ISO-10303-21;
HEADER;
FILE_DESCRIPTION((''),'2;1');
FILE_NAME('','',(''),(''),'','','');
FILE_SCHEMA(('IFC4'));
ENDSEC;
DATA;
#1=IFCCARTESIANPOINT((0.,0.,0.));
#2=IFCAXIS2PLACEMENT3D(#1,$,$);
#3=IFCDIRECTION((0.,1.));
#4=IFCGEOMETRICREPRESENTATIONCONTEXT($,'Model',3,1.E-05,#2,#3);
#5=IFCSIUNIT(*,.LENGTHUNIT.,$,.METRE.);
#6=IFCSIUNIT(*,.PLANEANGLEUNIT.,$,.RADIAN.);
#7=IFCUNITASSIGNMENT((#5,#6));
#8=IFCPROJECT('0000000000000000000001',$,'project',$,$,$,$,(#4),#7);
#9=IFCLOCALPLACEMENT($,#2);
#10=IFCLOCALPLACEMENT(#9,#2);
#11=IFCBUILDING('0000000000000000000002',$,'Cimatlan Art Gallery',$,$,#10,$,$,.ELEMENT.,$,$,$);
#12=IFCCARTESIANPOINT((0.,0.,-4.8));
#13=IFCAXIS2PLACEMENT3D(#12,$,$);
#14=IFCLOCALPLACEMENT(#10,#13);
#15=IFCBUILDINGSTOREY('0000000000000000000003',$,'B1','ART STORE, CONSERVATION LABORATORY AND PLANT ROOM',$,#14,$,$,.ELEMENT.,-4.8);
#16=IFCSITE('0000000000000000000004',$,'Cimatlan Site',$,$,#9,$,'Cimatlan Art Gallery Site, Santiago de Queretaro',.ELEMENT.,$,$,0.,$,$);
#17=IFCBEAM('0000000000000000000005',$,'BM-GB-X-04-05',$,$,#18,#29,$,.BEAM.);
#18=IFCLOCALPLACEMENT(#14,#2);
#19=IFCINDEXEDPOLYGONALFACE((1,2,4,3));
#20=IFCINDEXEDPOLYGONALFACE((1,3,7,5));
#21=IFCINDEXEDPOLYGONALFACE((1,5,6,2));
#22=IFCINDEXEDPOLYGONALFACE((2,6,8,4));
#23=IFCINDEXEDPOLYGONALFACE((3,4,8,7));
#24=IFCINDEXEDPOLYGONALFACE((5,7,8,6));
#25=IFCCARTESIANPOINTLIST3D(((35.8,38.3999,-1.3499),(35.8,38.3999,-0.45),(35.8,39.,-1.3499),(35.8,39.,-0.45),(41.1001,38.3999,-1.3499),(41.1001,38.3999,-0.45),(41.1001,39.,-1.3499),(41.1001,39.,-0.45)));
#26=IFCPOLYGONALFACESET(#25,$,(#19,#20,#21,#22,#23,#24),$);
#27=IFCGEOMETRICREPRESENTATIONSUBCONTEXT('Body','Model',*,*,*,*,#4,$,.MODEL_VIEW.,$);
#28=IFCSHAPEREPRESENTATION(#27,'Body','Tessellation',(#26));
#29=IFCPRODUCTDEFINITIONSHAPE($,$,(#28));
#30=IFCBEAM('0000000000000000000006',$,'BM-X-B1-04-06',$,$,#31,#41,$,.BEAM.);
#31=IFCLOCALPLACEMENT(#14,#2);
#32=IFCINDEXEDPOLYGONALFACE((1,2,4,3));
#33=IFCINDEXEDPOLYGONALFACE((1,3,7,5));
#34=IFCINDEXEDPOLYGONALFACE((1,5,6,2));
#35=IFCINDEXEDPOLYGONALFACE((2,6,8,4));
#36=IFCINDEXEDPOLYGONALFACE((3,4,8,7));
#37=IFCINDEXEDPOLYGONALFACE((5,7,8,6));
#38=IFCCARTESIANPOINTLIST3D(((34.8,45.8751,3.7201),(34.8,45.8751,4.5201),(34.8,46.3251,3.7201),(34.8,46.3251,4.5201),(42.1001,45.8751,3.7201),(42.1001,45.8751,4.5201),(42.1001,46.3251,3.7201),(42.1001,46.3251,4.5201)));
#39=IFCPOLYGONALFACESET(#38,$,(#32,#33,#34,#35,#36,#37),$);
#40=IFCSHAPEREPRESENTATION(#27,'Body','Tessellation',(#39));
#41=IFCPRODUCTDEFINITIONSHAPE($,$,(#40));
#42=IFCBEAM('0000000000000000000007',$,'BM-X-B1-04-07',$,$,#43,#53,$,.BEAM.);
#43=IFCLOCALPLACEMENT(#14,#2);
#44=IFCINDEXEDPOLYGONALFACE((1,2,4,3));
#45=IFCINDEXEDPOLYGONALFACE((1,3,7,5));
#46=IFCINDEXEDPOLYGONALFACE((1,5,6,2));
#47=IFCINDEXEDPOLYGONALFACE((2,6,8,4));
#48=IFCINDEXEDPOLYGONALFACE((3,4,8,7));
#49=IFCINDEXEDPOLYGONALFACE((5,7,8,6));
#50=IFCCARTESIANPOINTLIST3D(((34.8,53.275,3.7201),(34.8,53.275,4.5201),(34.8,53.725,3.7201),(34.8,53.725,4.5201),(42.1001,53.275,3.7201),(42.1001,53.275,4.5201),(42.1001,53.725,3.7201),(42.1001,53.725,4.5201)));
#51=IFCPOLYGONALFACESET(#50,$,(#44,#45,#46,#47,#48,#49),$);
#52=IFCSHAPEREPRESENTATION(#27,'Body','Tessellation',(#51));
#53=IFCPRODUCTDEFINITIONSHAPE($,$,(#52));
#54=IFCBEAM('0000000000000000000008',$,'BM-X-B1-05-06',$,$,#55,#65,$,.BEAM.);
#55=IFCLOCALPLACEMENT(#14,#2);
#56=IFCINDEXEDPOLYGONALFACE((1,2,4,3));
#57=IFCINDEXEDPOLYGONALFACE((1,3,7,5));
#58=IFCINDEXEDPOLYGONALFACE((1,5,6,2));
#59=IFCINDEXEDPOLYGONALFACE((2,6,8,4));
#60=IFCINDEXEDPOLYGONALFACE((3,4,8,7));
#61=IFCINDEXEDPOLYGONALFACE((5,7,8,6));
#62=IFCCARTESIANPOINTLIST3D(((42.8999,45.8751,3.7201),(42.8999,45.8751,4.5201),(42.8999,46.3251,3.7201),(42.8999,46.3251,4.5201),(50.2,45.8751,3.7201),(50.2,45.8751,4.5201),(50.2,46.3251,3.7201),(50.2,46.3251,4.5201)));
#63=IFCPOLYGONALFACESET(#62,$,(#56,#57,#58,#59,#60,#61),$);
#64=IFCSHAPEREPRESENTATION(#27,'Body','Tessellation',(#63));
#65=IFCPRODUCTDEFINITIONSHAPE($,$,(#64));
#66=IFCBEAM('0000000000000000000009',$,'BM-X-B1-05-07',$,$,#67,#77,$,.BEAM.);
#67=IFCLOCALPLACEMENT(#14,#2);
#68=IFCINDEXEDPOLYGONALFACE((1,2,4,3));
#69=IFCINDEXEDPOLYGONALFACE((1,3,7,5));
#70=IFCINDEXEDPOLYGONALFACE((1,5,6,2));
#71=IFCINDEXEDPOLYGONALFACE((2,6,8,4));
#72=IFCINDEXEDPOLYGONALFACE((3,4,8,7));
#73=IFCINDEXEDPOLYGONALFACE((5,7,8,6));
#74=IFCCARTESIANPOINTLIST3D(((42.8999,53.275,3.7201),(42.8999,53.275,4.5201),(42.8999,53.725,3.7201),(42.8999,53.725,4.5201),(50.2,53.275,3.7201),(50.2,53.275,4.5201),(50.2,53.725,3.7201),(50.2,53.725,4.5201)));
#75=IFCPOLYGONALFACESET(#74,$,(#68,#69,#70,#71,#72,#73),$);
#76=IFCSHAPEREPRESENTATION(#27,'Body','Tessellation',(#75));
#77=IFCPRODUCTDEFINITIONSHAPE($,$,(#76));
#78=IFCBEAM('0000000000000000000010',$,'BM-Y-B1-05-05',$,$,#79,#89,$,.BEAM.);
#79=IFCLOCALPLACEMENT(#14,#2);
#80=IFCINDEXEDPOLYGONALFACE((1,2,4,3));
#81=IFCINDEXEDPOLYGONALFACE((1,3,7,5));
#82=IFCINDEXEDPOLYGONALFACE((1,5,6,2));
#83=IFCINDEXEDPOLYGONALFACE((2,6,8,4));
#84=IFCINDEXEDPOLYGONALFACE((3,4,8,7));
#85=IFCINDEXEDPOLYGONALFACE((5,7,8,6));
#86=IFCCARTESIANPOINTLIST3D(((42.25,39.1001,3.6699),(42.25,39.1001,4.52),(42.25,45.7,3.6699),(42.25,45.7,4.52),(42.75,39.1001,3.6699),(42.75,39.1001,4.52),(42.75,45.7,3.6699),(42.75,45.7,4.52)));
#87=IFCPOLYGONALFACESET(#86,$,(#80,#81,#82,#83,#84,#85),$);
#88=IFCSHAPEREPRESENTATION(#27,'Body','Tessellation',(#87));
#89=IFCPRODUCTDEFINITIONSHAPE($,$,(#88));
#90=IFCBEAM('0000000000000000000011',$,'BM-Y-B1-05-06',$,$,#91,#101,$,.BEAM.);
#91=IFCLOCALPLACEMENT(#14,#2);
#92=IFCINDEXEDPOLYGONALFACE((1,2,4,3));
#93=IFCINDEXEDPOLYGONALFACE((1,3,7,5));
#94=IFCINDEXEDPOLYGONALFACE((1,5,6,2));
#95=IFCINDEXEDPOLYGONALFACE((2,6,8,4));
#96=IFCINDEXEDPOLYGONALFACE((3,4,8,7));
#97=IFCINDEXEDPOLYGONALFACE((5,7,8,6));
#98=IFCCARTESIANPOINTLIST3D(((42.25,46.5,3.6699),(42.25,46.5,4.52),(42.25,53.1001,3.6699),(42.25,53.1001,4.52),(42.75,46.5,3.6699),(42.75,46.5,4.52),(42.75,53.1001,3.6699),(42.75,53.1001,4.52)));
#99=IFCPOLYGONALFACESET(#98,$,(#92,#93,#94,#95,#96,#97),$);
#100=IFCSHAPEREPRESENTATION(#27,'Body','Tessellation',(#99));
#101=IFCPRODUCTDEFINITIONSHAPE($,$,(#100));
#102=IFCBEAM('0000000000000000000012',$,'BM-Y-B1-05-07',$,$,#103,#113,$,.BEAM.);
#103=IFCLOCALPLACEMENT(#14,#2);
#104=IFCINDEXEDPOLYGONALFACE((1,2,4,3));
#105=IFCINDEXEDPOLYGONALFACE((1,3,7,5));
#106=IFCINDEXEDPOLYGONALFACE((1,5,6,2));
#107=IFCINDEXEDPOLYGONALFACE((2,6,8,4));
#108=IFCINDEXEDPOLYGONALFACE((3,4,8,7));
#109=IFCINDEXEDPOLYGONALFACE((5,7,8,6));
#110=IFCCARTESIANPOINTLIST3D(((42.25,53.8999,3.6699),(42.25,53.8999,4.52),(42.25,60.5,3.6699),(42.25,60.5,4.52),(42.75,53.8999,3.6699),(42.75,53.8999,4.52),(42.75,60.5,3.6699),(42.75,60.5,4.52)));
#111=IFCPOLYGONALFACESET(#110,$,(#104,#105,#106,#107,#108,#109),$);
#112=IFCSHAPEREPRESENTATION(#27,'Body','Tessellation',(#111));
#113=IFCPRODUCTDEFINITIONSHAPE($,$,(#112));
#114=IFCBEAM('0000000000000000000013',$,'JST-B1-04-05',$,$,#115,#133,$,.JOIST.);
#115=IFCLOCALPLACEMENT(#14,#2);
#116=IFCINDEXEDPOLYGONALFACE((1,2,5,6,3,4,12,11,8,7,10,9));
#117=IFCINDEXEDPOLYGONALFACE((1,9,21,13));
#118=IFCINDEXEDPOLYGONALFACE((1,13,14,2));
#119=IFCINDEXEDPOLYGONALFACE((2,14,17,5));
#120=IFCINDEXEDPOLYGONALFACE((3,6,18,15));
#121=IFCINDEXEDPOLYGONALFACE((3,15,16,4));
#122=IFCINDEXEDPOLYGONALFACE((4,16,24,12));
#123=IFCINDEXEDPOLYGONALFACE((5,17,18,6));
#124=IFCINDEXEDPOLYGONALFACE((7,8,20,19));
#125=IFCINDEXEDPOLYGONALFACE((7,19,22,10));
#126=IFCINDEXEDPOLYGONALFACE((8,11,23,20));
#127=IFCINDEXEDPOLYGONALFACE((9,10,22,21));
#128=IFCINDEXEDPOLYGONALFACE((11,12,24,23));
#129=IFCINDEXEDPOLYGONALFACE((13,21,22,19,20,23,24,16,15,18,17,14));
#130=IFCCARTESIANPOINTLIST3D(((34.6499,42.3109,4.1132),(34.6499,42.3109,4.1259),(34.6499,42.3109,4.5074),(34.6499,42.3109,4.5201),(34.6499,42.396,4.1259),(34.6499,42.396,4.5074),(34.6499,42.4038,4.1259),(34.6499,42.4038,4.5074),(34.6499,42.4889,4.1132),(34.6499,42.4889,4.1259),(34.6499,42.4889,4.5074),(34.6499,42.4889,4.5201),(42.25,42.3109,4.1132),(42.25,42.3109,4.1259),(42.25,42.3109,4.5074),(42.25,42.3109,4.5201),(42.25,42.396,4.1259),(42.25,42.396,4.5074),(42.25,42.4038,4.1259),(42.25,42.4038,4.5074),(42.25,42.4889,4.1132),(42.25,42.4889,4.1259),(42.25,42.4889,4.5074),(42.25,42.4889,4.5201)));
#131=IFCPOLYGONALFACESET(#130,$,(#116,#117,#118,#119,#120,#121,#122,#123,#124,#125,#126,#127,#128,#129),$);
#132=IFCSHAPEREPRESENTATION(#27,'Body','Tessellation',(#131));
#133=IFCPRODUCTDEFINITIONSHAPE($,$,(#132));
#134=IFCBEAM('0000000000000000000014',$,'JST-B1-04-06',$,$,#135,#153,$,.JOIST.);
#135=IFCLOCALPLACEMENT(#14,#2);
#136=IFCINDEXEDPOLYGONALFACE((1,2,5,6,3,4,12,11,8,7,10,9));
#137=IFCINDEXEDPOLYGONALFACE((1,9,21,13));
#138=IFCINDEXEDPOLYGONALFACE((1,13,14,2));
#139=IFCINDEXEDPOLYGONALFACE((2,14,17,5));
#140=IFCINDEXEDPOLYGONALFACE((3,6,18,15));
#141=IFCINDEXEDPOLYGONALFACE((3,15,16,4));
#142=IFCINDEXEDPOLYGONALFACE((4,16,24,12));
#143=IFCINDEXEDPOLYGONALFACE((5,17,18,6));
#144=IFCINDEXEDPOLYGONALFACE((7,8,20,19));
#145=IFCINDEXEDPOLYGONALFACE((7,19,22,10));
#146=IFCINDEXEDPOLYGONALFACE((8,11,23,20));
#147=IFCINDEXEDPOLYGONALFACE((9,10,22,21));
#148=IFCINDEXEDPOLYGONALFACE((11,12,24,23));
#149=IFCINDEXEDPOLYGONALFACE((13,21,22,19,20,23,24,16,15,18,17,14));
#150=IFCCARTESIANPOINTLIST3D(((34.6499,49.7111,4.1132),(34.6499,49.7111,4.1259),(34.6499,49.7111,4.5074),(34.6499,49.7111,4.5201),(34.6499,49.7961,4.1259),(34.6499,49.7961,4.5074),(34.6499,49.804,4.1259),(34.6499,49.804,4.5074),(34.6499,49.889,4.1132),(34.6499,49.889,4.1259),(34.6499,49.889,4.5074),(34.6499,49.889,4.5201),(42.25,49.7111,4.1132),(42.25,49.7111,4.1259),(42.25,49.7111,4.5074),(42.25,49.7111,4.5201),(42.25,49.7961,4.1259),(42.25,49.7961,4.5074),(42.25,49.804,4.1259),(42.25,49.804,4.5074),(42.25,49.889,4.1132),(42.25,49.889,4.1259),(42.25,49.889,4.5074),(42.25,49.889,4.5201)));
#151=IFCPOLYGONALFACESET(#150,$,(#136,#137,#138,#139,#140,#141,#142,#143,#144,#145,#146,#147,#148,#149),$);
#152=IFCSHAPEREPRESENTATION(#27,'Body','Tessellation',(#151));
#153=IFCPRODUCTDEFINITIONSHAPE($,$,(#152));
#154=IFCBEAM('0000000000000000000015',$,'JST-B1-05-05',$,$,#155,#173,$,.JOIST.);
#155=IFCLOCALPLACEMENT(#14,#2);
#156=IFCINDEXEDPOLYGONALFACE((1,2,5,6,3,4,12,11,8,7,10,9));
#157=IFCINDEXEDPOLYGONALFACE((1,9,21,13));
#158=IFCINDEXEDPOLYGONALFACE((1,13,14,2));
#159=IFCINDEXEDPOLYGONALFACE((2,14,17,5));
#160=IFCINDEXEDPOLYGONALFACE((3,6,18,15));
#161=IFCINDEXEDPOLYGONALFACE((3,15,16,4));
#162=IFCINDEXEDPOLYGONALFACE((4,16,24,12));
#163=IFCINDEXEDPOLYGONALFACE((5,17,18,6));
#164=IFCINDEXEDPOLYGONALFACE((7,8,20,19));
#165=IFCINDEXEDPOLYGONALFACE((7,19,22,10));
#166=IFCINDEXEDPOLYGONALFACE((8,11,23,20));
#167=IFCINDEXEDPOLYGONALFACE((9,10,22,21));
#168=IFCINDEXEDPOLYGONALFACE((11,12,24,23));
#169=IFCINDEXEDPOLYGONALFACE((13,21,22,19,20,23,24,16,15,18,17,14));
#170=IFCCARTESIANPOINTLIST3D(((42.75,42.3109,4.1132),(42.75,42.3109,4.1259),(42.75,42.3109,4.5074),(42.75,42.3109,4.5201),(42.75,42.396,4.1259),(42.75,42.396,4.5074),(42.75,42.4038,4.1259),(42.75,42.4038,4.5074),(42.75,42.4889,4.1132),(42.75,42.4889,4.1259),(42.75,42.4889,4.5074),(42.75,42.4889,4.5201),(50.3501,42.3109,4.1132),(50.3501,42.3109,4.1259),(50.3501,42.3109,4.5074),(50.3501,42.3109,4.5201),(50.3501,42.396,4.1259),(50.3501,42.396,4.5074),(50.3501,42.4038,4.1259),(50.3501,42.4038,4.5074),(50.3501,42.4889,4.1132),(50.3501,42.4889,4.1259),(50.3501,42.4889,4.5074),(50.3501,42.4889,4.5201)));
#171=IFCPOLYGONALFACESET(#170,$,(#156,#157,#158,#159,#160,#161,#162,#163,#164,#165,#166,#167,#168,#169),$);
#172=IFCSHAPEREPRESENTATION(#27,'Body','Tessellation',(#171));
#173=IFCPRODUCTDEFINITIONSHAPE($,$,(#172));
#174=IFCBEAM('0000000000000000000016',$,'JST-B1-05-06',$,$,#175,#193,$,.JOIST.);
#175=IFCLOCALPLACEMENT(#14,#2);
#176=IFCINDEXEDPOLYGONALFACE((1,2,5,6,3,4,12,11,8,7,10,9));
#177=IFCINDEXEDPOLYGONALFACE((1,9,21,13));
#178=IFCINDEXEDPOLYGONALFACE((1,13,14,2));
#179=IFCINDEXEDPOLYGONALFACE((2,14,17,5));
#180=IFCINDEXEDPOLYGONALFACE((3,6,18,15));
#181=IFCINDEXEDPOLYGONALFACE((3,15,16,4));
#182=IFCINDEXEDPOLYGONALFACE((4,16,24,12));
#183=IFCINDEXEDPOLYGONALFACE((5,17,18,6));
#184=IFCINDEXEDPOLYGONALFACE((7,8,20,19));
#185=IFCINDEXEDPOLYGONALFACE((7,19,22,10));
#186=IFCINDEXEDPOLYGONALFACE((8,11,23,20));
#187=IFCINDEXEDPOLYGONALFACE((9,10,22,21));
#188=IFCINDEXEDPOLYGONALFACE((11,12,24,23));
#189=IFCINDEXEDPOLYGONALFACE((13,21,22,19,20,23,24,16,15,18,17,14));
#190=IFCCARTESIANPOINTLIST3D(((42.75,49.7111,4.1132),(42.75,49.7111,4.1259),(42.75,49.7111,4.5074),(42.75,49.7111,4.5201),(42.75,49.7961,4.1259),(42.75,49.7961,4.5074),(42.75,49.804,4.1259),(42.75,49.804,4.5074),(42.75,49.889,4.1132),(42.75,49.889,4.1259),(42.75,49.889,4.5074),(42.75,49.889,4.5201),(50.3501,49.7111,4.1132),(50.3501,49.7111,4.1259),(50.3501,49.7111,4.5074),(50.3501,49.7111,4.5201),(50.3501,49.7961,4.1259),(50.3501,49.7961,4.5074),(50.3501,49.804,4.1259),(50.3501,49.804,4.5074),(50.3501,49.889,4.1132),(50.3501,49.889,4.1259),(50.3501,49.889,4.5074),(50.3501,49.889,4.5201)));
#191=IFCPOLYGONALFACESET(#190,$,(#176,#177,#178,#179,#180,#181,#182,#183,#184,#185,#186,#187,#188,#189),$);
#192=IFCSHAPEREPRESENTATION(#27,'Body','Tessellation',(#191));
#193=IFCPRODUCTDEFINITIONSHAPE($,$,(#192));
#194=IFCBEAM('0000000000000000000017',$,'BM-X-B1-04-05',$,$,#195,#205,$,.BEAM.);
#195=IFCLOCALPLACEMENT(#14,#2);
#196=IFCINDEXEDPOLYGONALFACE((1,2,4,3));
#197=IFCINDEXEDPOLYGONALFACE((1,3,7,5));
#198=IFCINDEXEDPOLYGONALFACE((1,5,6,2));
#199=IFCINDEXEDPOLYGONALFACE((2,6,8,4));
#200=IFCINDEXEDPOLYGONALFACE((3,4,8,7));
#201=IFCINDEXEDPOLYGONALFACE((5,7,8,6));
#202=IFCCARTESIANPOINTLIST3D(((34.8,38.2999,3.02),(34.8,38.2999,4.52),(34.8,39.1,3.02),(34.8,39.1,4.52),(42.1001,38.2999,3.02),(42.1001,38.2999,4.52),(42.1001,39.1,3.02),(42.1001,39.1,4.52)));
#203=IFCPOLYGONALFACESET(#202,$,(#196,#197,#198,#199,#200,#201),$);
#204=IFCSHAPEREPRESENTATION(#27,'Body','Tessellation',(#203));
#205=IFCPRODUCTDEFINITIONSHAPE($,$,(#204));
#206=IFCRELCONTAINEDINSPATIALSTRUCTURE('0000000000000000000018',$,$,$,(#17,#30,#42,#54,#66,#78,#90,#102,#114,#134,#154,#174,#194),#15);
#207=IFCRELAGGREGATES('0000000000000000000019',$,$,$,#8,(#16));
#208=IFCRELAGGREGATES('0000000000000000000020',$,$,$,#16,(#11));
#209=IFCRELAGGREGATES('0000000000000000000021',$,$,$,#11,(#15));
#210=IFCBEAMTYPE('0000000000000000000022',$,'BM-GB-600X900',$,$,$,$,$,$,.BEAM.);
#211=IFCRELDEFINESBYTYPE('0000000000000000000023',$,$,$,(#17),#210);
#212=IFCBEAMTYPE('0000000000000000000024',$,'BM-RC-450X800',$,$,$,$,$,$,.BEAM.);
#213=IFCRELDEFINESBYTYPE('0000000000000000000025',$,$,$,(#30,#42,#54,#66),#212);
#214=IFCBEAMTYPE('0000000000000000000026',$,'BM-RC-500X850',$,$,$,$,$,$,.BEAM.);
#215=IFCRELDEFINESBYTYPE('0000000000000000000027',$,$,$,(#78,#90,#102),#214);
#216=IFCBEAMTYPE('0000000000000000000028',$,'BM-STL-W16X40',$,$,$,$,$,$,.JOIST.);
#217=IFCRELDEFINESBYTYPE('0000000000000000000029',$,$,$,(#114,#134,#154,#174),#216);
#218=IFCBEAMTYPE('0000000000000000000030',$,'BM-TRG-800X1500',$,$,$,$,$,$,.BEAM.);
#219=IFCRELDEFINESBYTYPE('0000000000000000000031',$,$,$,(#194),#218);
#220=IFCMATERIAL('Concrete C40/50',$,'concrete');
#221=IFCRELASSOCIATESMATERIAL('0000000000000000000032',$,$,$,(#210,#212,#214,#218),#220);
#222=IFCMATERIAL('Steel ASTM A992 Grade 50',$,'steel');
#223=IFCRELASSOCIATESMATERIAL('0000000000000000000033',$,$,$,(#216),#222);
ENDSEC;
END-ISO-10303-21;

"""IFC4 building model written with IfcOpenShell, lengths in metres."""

from ifc_helpers import new_model, si_unit, direction, frame, origin, origin_2d, place, context, subcontext, project, spatial, rectangle, i_section, extrude, material, material_profile, profile_set, type_object, element, save


model = new_model("IFC4")

# Units and contexts
model_context = context("Model", 3, precision=1e-05, world=origin(), true_north=direction((0.0, 1.0)))
body_context = subcontext(model_context, "Body", "Model", "MODEL_VIEW")
ifc_project = project(units=[si_unit("LENGTHUNIT", "METRE"), si_unit("PLANEANGLEUNIT", "RADIAN")], contexts=[model_context])

# Site, building, storey
site_placement = place(None, origin())
site = spatial("IfcSite", under=ifc_project, at=site_placement, Name="Cimatlan Site", LongName="Cimatlan Art Gallery Site, Santiago de Queretaro", CompositionType="ELEMENT", RefElevation=0.0)
building_placement = place(site_placement, origin())
building = spatial("IfcBuilding", under=site, at=building_placement, Name="Cimatlan Art Gallery", CompositionType="ELEMENT")
storey_placement = place(building_placement, frame((0.0, 0.0, -4.8)))
storey = spatial("IfcBuildingStorey", under=building, at=storey_placement, Name="B1", Description="ART STORE, CONSERVATION LABORATORY AND PLANT ROOM", CompositionType="ELEMENT", Elevation=-4.8)

# Shared definitions
ifc_material_1 = material(Name="Concrete C40/50", Category="concrete")

# Beams
ifc_material_profile_1 = material_profile(ifc_material_1, rectangle(XDim=0.6001, YDim=0.8999, at=origin_2d()), Name="RC600X900")
ifc_profile_set_1 = profile_set([ifc_material_profile_1], Name="Concrete C40/50")
beam_type_1 = type_object("IfcBeamType", Name="BM-GB-600X900", PredefinedType="BEAM", material=ifc_profile_set_1)
beam_1_placement = place(storey_placement, frame((35.8, 38.7, -0.8999), z_axis=(1.0, 0.0, 0.0), x_axis=(0.0, 1.0, 0.0)))
element("IfcBeam", 1, at=beam_1_placement, inside=storey, type_object=beam_type_1, Name="BM-GB-X-04-05", PredefinedType="BEAM", context=body_context, shape_type="SweptSolid", body=[
    extrude(rectangle(XDim=0.6001, YDim=0.8999, at=origin_2d()), origin(), (0.0, 0.0, 1.0), 5.3),
])
ifc_material_profile_2 = material_profile(ifc_material_1, rectangle(XDim=0.45, YDim=0.8, at=origin_2d()), Name="RC450X800")
ifc_profile_set_2 = profile_set([ifc_material_profile_2], Name="Concrete C40/50")
beam_type_2 = type_object("IfcBeamType", Name="BM-RC-450X800", PredefinedType="BEAM", material=ifc_profile_set_2)
for number, where, z_axis, x_axis, name in (
    (2, (34.8, 46.1001, 4.1201), (1.0, 0.0, 0.0), (0.0, 1.0, 0.0), "BM-X-B1-04-06"),
    (3, (34.8, 53.5, 4.1201), (1.0, 0.0, 0.0), (0.0, 1.0, 0.0), "BM-X-B1-04-07"),
    (4, (42.8999, 46.1001, 4.1201), (1.0, 0.0, 0.0), (0.0, 1.0, 0.0), "BM-X-B1-05-06"),
    (5, (42.8999, 53.5, 4.1201), (1.0, 0.0, 0.0), (0.0, 1.0, 0.0), "BM-X-B1-05-07"),
):
    element("IfcBeam", number, at=place(storey_placement, frame(where, z_axis=z_axis, x_axis=x_axis)), inside=storey, type_object=beam_type_2, Name=name, PredefinedType="BEAM", context=body_context, shape_type="SweptSolid", body=[
        extrude(rectangle(XDim=0.45, YDim=0.8, at=origin_2d()), origin(), (0.0, 0.0, 1.0), 7.3),
    ])
ifc_material_profile_3 = material_profile(ifc_material_1, rectangle(XDim=0.5, YDim=0.8501, at=origin_2d()), Name="RC500X850")
ifc_profile_set_3 = profile_set([ifc_material_profile_3], Name="Concrete C40/50")
beam_type_3 = type_object("IfcBeamType", Name="BM-RC-500X850", PredefinedType="BEAM", material=ifc_profile_set_3)
beam_2_placement = place(storey_placement, frame((42.5, 39.1001, 4.095), z_axis=(0.0, 1.0, 0.0), x_axis=(-1.0, 0.0, 0.0)))
element("IfcBeam", 6, at=beam_2_placement, inside=storey, type_object=beam_type_3, Name="BM-Y-B1-05-05", PredefinedType="BEAM", context=body_context, shape_type="SweptSolid", body=[
    extrude(rectangle(XDim=0.5, YDim=0.8501, at=origin_2d()), origin(), (0.0, 0.0, 1.0), 6.5999),
])
for number, where, z_axis, x_axis, name in (
    (7, (42.5, 46.5, 4.095), (0.0, 1.0, 0.0), (-1.0, 0.0, 0.0), "BM-Y-B1-05-06"),
    (8, (42.5, 53.8999, 4.095), (0.0, 1.0, 0.0), (-1.0, 0.0, 0.0), "BM-Y-B1-05-07"),
):
    element("IfcBeam", number, at=place(storey_placement, frame(where, z_axis=z_axis, x_axis=x_axis)), inside=storey, type_object=beam_type_3, Name=name, PredefinedType="BEAM", context=body_context, shape_type="SweptSolid", body=[
        extrude(rectangle(XDim=0.5, YDim=0.8501, at=origin_2d()), origin(), (0.0, 0.0, 1.0), 6.6001),
    ])
ifc_material_2 = material(Name="Steel ASTM A992 Grade 50", Category="steel")
ifc_material_profile_4 = material_profile(ifc_material_2, i_section(OverallWidth=0.178, OverallDepth=0.407, WebThickness=0.0078, FlangeThickness=0.0127, at=origin_2d()), Name="W16X40")
ifc_profile_set_4 = profile_set([ifc_material_profile_4], Name="Steel ASTM A992 Grade 50")
beam_type_4 = type_object("IfcBeamType", Name="BM-STL-W16X40", PredefinedType="JOIST", material=ifc_profile_set_4)
for number, where, z_axis, x_axis, name in (
    (9, (34.6499, 42.3999, 4.3167), (1.0, 0.0, 0.0), (0.0, 1.0, 0.0), "JST-B1-04-05"),
    (10, (34.6499, 49.8, 4.3167), (1.0, 0.0, 0.0), (0.0, 1.0, 0.0), "JST-B1-04-06"),
    (11, (42.75, 42.3999, 4.3167), (1.0, 0.0, 0.0), (0.0, 1.0, 0.0), "JST-B1-05-05"),
    (12, (42.75, 49.8, 4.3167), (1.0, 0.0, 0.0), (0.0, 1.0, 0.0), "JST-B1-05-06"),
):
    element("IfcBeam", number, at=place(storey_placement, frame(where, z_axis=z_axis, x_axis=x_axis)), inside=storey, type_object=beam_type_4, Name=name, PredefinedType="JOIST", context=body_context, shape_type="SweptSolid", body=[
        extrude(i_section(OverallWidth=0.178, OverallDepth=0.407, WebThickness=0.0078, FlangeThickness=0.0127, at=origin_2d()), origin(), (0.0, 0.0, 1.0), 7.6001),
    ])
ifc_material_profile_5 = material_profile(ifc_material_1, rectangle(XDim=0.8, YDim=1.5, at=origin_2d()), Name="RC800X1500")
ifc_profile_set_5 = profile_set([ifc_material_profile_5], Name="Concrete C40/50")
beam_type_5 = type_object("IfcBeamType", Name="BM-TRG-800X1500", PredefinedType="BEAM", material=ifc_profile_set_5)
for number, where, z_axis, x_axis, name in (
    (13, (34.8, 38.7, 3.77), (1.0, 0.0, 0.0), (0.0, 1.0, 0.0), "BM-X-B1-04-05"),
):
    element("IfcBeam", number, at=place(storey_placement, frame(where, z_axis=z_axis, x_axis=x_axis)), inside=storey, type_object=beam_type_5, Name=name, PredefinedType="BEAM", context=body_context, shape_type="SweptSolid", body=[
        extrude(rectangle(XDim=0.8, YDim=1.5, at=origin_2d()), origin(), (0.0, 0.0, 1.0), 7.3),
    ])

save(model, "model.ifc")
